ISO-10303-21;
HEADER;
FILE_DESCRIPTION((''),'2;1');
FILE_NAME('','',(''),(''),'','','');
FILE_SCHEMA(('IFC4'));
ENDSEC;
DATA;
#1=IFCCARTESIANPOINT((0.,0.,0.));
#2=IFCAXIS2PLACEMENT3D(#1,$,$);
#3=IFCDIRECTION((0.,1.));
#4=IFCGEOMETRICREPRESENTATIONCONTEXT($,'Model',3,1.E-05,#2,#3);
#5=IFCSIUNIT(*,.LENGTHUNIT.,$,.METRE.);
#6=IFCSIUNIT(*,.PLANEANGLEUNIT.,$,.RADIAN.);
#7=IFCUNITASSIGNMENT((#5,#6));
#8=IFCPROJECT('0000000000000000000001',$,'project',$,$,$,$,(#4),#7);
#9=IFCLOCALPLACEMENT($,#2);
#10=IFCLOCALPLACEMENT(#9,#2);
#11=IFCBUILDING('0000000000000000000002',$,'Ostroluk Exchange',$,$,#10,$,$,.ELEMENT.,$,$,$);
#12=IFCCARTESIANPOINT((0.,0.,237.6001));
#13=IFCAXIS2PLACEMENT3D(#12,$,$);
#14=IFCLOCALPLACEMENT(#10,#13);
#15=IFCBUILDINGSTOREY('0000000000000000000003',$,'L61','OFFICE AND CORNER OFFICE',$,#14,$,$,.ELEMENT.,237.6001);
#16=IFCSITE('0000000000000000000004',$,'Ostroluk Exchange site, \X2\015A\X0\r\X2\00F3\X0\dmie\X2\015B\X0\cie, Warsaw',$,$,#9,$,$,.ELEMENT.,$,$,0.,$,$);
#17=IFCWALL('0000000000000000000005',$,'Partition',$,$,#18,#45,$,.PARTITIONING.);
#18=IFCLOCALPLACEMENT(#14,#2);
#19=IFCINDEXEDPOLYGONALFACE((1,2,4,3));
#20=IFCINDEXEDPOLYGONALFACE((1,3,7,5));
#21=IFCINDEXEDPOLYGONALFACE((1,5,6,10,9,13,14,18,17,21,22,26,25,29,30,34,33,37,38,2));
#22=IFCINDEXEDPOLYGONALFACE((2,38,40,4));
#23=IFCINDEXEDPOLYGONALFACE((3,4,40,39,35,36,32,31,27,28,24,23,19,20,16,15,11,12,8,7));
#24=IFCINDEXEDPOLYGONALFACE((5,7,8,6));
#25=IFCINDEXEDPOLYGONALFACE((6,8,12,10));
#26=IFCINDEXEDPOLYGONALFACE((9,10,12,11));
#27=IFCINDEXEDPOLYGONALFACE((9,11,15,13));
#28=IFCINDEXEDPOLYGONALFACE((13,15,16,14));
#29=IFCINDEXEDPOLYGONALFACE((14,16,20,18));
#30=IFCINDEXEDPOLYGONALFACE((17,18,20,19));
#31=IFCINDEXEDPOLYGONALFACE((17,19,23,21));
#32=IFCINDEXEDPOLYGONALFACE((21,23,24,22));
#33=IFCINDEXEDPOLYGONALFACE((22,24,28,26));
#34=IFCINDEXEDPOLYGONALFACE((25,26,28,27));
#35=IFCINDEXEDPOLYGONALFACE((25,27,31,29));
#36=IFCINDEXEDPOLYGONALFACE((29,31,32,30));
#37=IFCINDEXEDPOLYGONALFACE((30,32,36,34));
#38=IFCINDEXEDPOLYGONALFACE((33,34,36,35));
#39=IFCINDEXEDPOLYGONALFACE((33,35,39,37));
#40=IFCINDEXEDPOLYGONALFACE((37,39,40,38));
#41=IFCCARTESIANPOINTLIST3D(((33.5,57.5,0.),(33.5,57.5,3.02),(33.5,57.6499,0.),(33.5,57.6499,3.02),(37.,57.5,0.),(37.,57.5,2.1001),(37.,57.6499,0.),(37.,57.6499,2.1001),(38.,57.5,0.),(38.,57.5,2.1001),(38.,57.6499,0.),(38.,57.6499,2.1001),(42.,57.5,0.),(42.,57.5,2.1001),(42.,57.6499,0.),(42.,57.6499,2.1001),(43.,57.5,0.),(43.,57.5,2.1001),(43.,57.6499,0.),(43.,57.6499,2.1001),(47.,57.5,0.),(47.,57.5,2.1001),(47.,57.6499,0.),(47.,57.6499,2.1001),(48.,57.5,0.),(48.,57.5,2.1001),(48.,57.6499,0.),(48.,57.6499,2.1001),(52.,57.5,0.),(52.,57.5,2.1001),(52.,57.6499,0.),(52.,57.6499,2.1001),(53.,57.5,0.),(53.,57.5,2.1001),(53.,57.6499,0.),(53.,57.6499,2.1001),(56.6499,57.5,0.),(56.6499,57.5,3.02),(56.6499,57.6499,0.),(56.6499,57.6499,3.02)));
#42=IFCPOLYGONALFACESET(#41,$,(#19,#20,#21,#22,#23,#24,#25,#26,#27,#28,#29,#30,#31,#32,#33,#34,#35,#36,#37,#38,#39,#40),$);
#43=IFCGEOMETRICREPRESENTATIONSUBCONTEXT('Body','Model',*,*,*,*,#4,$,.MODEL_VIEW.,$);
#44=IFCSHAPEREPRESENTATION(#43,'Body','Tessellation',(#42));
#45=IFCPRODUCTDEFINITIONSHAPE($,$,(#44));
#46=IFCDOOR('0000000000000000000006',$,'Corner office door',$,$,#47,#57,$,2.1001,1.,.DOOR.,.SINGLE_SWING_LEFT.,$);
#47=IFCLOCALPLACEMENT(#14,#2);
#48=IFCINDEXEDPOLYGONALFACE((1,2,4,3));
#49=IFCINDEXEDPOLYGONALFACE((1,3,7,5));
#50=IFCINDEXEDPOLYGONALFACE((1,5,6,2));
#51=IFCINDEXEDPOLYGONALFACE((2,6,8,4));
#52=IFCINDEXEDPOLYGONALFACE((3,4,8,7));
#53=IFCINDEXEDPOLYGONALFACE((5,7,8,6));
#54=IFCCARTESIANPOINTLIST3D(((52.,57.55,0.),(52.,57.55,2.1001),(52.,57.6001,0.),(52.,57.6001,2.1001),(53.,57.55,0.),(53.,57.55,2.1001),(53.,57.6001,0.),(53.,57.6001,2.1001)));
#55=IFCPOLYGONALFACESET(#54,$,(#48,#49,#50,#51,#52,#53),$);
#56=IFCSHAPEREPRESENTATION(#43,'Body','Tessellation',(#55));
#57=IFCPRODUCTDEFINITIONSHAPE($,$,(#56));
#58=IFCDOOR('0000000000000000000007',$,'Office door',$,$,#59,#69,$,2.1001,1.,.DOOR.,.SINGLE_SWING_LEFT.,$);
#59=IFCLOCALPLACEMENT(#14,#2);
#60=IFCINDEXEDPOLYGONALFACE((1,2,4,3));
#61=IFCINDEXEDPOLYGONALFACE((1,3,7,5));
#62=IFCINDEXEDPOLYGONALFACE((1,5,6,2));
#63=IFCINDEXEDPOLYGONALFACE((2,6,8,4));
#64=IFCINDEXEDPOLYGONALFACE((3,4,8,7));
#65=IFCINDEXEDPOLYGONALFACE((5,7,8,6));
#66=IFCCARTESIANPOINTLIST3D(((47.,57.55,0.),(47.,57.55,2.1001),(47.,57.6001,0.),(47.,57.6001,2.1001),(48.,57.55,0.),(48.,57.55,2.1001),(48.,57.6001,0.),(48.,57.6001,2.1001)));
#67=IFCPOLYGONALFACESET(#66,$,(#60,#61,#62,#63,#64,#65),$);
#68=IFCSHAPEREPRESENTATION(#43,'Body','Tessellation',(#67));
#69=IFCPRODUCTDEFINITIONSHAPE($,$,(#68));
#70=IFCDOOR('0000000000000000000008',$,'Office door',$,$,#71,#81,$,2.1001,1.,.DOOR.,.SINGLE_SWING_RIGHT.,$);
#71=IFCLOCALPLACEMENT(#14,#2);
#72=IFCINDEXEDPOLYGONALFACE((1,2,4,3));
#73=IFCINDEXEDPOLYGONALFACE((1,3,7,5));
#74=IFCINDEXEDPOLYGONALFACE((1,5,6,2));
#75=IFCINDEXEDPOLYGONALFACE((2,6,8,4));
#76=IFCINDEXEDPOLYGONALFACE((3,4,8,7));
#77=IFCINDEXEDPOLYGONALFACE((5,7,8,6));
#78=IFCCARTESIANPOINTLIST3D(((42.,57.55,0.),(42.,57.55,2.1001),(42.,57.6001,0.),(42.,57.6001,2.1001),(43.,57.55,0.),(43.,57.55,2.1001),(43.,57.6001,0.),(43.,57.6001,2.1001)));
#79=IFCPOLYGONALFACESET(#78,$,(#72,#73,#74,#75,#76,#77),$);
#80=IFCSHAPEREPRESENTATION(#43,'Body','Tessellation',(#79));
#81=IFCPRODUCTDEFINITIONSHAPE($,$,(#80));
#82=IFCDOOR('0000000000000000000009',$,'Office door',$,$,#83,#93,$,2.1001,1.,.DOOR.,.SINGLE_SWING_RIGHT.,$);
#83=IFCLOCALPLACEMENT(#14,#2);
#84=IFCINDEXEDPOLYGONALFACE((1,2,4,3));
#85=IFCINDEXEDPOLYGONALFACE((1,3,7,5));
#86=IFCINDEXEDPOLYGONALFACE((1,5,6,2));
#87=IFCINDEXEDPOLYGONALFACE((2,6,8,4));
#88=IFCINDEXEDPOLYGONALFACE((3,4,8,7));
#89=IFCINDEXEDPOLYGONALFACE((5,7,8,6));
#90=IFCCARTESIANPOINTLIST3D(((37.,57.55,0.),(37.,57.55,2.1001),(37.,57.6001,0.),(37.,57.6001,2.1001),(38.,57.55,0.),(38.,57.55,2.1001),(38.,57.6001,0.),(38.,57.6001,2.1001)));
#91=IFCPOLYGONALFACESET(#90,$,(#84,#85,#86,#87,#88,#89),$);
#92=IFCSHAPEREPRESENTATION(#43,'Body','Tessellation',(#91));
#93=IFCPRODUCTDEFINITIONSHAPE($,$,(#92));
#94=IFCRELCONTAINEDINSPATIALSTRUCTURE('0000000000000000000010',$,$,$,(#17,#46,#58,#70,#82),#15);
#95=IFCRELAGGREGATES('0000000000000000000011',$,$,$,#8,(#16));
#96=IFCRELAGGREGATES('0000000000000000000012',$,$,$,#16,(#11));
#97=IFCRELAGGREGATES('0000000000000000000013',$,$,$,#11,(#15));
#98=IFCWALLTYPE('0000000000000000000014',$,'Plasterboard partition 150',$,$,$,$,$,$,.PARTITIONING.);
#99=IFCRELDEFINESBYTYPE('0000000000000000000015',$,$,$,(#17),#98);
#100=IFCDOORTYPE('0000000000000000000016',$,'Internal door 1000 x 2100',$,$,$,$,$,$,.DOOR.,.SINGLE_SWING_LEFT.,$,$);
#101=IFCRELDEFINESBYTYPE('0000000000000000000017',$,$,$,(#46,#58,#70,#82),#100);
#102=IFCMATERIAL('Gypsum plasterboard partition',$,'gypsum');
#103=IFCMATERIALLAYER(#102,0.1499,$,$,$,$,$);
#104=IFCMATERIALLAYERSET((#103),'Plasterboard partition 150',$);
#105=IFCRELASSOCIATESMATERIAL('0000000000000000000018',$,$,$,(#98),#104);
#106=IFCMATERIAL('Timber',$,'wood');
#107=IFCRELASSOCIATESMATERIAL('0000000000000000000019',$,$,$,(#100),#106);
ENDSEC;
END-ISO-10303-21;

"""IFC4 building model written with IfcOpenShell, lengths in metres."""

from ifc_helpers import new_model, si_unit, direction, frame, frame_2d, origin, place, context, subcontext, project, spatial, rectangle, extrude, material, layer, layer_set, type_object, element, fill, save


model = new_model("IFC4")

# Units and contexts
model_context = context("Model", 3, precision=1e-05, world=origin(), true_north=direction((0.0, 1.0)))
body_context = subcontext(model_context, "Body", "Model", "MODEL_VIEW")
ifc_project = project(units=[si_unit("LENGTHUNIT", "METRE"), si_unit("PLANEANGLEUNIT", "RADIAN")], contexts=[model_context])

# Site, building, storey
site_placement = place(None, origin())
site = spatial("IfcSite", under=ifc_project, at=site_placement, Name="Ostroluk Exchange site, Śródmieście, Warsaw", CompositionType="ELEMENT", RefElevation=0.0)
building_placement = place(site_placement, origin())
building = spatial("IfcBuilding", under=site, at=building_placement, Name="Ostroluk Exchange", CompositionType="ELEMENT")
storey_placement = place(building_placement, frame((0.0, 0.0, 237.6001)))
storey = spatial("IfcBuildingStorey", under=building, at=storey_placement, Name="L61", Description="OFFICE AND CORNER OFFICE", CompositionType="ELEMENT", Elevation=237.6001)

# Shared definitions
ifc_material_1 = material(Name="Gypsum plasterboard partition", Category="gypsum")
ifc_layer_1 = layer(ifc_material_1, 0.1499)
ifc_layer_set_1 = layer_set([ifc_layer_1], Name="Plasterboard partition 150")
wall_type = type_object("IfcWallType", Name="Plasterboard partition 150", PredefinedType="PARTITIONING", material=ifc_layer_set_1)

# Wall, openings, doors
wall_1_placement = place(storey_placement, frame((56.6499, 57.575, 0.0), z_axis=(0.0, 0.0, 1.0), x_axis=(-1.0, 0.0, 0.0)))
wall_1 = element("IfcWall", 1, at=wall_1_placement, inside=storey, type_object=wall_type, Name="Partition", PredefinedType="PARTITIONING", context=body_context, shape_type="SweptSolid", body=[
    extrude(rectangle(XDim=23.1499, YDim=0.1499, at=frame_2d((11.575, 0.0))), origin(), (0.0, 0.0, 1.0), 3.02),
])
opening_1_placement = place(wall_1_placement, frame((3.6499, 0.0, 0.0)))
opening_1 = element("IfcOpeningElement", 2, at=opening_1_placement, cuts=wall_1, PredefinedType="OPENING", context=body_context, shape_type="SweptSolid", body=[
    extrude(rectangle(XDim=1.0, YDim=2.1001, at=frame_2d((0.5, 1.05))), frame((0.0, 0.085, 0.0), z_axis=(0.0, -1.0, 0.0), x_axis=(1.0, 0.0, 0.0)), (0.0, 0.0, 1.0), 0.1699),
])
opening_2_placement = place(wall_1_placement, frame((8.6499, 0.0, 0.0)))
opening_2 = element("IfcOpeningElement", 3, at=opening_2_placement, cuts=wall_1, PredefinedType="OPENING", context=body_context, shape_type="SweptSolid", body=[
    extrude(rectangle(XDim=1.0, YDim=2.1001, at=frame_2d((0.5, 1.05))), frame((0.0, 0.085, 0.0), z_axis=(0.0, -1.0, 0.0), x_axis=(1.0, 0.0, 0.0)), (0.0, 0.0, 1.0), 0.1699),
])
opening_3_placement = place(wall_1_placement, frame((13.6499, 0.0, 0.0)))
opening_3 = element("IfcOpeningElement", 4, at=opening_3_placement, cuts=wall_1, PredefinedType="OPENING", context=body_context, shape_type="SweptSolid", body=[
    extrude(rectangle(XDim=1.0, YDim=2.1001, at=frame_2d((0.5, 1.05))), frame((0.0, 0.085, 0.0), z_axis=(0.0, -1.0, 0.0), x_axis=(1.0, 0.0, 0.0)), (0.0, 0.0, 1.0), 0.1699),
])
opening_4_placement = place(wall_1_placement, frame((18.6499, 0.0, 0.0)))
opening_4 = element("IfcOpeningElement", 5, at=opening_4_placement, cuts=wall_1, PredefinedType="OPENING", context=body_context, shape_type="SweptSolid", body=[
    extrude(rectangle(XDim=1.0, YDim=2.1001, at=frame_2d((0.5, 1.05))), frame((0.0, 0.085, 0.0), z_axis=(0.0, -1.0, 0.0), x_axis=(1.0, 0.0, 0.0)), (0.0, 0.0, 1.0), 0.1699),
])
ifc_material_2 = material(Name="Timber", Category="wood")
door_type = type_object("IfcDoorType", Name="Internal door 1000 x 2100", OperationType="SINGLE_SWING_LEFT", PredefinedType="DOOR", material=ifc_material_2)
door_1_placement = place(opening_1_placement, origin())
door_1 = element("IfcDoor", 6, at=door_1_placement, inside=storey, type_object=door_type, Name="Corner office door", OperationType="SINGLE_SWING_LEFT", OverallHeight=2.1001, OverallWidth=1.0, PredefinedType="DOOR", context=body_context, shape_type="SweptSolid", body=[
    extrude(rectangle(XDim=1.0, YDim=2.1001, at=frame_2d((0.5, 1.05))), frame((0.0, 0.0249, 0.0), z_axis=(0.0, -1.0, 0.0), x_axis=(1.0, 0.0, 0.0)), (0.0, 0.0, 1.0), 0.05),
])
fill(opening_1, door_1)
door_2_placement = place(opening_2_placement, origin())
door_2 = element("IfcDoor", 7, at=door_2_placement, inside=storey, type_object=door_type, Name="Office door", OperationType="SINGLE_SWING_LEFT", OverallHeight=2.1001, OverallWidth=1.0, PredefinedType="DOOR", context=body_context, shape_type="SweptSolid", body=[
    extrude(rectangle(XDim=1.0, YDim=2.1001, at=frame_2d((0.5, 1.05))), frame((0.0, 0.0249, 0.0), z_axis=(0.0, -1.0, 0.0), x_axis=(1.0, 0.0, 0.0)), (0.0, 0.0, 1.0), 0.05),
])
fill(opening_2, door_2)
door_3_placement = place(opening_3_placement, origin())
door_3 = element("IfcDoor", 8, at=door_3_placement, inside=storey, type_object=door_type, Name="Office door", OperationType="SINGLE_SWING_RIGHT", OverallHeight=2.1001, OverallWidth=1.0, PredefinedType="DOOR", context=body_context, shape_type="SweptSolid", body=[
    extrude(rectangle(XDim=1.0, YDim=2.1001, at=frame_2d((0.5, 1.05))), frame((0.0, 0.0249, 0.0), z_axis=(0.0, -1.0, 0.0), x_axis=(1.0, 0.0, 0.0)), (0.0, 0.0, 1.0), 0.05),
])
fill(opening_3, door_3)
door_4_placement = place(opening_4_placement, origin())
door_4 = element("IfcDoor", 9, at=door_4_placement, inside=storey, type_object=door_type, Name="Office door", OperationType="SINGLE_SWING_RIGHT", OverallHeight=2.1001, OverallWidth=1.0, PredefinedType="DOOR", context=body_context, shape_type="SweptSolid", body=[
    extrude(rectangle(XDim=1.0, YDim=2.1001, at=frame_2d((0.5, 1.05))), frame((0.0, 0.0249, 0.0), z_axis=(0.0, -1.0, 0.0), x_axis=(1.0, 0.0, 0.0)), (0.0, 0.0, 1.0), 0.05),
])
fill(opening_4, door_4)

save(model, "model.ifc")
